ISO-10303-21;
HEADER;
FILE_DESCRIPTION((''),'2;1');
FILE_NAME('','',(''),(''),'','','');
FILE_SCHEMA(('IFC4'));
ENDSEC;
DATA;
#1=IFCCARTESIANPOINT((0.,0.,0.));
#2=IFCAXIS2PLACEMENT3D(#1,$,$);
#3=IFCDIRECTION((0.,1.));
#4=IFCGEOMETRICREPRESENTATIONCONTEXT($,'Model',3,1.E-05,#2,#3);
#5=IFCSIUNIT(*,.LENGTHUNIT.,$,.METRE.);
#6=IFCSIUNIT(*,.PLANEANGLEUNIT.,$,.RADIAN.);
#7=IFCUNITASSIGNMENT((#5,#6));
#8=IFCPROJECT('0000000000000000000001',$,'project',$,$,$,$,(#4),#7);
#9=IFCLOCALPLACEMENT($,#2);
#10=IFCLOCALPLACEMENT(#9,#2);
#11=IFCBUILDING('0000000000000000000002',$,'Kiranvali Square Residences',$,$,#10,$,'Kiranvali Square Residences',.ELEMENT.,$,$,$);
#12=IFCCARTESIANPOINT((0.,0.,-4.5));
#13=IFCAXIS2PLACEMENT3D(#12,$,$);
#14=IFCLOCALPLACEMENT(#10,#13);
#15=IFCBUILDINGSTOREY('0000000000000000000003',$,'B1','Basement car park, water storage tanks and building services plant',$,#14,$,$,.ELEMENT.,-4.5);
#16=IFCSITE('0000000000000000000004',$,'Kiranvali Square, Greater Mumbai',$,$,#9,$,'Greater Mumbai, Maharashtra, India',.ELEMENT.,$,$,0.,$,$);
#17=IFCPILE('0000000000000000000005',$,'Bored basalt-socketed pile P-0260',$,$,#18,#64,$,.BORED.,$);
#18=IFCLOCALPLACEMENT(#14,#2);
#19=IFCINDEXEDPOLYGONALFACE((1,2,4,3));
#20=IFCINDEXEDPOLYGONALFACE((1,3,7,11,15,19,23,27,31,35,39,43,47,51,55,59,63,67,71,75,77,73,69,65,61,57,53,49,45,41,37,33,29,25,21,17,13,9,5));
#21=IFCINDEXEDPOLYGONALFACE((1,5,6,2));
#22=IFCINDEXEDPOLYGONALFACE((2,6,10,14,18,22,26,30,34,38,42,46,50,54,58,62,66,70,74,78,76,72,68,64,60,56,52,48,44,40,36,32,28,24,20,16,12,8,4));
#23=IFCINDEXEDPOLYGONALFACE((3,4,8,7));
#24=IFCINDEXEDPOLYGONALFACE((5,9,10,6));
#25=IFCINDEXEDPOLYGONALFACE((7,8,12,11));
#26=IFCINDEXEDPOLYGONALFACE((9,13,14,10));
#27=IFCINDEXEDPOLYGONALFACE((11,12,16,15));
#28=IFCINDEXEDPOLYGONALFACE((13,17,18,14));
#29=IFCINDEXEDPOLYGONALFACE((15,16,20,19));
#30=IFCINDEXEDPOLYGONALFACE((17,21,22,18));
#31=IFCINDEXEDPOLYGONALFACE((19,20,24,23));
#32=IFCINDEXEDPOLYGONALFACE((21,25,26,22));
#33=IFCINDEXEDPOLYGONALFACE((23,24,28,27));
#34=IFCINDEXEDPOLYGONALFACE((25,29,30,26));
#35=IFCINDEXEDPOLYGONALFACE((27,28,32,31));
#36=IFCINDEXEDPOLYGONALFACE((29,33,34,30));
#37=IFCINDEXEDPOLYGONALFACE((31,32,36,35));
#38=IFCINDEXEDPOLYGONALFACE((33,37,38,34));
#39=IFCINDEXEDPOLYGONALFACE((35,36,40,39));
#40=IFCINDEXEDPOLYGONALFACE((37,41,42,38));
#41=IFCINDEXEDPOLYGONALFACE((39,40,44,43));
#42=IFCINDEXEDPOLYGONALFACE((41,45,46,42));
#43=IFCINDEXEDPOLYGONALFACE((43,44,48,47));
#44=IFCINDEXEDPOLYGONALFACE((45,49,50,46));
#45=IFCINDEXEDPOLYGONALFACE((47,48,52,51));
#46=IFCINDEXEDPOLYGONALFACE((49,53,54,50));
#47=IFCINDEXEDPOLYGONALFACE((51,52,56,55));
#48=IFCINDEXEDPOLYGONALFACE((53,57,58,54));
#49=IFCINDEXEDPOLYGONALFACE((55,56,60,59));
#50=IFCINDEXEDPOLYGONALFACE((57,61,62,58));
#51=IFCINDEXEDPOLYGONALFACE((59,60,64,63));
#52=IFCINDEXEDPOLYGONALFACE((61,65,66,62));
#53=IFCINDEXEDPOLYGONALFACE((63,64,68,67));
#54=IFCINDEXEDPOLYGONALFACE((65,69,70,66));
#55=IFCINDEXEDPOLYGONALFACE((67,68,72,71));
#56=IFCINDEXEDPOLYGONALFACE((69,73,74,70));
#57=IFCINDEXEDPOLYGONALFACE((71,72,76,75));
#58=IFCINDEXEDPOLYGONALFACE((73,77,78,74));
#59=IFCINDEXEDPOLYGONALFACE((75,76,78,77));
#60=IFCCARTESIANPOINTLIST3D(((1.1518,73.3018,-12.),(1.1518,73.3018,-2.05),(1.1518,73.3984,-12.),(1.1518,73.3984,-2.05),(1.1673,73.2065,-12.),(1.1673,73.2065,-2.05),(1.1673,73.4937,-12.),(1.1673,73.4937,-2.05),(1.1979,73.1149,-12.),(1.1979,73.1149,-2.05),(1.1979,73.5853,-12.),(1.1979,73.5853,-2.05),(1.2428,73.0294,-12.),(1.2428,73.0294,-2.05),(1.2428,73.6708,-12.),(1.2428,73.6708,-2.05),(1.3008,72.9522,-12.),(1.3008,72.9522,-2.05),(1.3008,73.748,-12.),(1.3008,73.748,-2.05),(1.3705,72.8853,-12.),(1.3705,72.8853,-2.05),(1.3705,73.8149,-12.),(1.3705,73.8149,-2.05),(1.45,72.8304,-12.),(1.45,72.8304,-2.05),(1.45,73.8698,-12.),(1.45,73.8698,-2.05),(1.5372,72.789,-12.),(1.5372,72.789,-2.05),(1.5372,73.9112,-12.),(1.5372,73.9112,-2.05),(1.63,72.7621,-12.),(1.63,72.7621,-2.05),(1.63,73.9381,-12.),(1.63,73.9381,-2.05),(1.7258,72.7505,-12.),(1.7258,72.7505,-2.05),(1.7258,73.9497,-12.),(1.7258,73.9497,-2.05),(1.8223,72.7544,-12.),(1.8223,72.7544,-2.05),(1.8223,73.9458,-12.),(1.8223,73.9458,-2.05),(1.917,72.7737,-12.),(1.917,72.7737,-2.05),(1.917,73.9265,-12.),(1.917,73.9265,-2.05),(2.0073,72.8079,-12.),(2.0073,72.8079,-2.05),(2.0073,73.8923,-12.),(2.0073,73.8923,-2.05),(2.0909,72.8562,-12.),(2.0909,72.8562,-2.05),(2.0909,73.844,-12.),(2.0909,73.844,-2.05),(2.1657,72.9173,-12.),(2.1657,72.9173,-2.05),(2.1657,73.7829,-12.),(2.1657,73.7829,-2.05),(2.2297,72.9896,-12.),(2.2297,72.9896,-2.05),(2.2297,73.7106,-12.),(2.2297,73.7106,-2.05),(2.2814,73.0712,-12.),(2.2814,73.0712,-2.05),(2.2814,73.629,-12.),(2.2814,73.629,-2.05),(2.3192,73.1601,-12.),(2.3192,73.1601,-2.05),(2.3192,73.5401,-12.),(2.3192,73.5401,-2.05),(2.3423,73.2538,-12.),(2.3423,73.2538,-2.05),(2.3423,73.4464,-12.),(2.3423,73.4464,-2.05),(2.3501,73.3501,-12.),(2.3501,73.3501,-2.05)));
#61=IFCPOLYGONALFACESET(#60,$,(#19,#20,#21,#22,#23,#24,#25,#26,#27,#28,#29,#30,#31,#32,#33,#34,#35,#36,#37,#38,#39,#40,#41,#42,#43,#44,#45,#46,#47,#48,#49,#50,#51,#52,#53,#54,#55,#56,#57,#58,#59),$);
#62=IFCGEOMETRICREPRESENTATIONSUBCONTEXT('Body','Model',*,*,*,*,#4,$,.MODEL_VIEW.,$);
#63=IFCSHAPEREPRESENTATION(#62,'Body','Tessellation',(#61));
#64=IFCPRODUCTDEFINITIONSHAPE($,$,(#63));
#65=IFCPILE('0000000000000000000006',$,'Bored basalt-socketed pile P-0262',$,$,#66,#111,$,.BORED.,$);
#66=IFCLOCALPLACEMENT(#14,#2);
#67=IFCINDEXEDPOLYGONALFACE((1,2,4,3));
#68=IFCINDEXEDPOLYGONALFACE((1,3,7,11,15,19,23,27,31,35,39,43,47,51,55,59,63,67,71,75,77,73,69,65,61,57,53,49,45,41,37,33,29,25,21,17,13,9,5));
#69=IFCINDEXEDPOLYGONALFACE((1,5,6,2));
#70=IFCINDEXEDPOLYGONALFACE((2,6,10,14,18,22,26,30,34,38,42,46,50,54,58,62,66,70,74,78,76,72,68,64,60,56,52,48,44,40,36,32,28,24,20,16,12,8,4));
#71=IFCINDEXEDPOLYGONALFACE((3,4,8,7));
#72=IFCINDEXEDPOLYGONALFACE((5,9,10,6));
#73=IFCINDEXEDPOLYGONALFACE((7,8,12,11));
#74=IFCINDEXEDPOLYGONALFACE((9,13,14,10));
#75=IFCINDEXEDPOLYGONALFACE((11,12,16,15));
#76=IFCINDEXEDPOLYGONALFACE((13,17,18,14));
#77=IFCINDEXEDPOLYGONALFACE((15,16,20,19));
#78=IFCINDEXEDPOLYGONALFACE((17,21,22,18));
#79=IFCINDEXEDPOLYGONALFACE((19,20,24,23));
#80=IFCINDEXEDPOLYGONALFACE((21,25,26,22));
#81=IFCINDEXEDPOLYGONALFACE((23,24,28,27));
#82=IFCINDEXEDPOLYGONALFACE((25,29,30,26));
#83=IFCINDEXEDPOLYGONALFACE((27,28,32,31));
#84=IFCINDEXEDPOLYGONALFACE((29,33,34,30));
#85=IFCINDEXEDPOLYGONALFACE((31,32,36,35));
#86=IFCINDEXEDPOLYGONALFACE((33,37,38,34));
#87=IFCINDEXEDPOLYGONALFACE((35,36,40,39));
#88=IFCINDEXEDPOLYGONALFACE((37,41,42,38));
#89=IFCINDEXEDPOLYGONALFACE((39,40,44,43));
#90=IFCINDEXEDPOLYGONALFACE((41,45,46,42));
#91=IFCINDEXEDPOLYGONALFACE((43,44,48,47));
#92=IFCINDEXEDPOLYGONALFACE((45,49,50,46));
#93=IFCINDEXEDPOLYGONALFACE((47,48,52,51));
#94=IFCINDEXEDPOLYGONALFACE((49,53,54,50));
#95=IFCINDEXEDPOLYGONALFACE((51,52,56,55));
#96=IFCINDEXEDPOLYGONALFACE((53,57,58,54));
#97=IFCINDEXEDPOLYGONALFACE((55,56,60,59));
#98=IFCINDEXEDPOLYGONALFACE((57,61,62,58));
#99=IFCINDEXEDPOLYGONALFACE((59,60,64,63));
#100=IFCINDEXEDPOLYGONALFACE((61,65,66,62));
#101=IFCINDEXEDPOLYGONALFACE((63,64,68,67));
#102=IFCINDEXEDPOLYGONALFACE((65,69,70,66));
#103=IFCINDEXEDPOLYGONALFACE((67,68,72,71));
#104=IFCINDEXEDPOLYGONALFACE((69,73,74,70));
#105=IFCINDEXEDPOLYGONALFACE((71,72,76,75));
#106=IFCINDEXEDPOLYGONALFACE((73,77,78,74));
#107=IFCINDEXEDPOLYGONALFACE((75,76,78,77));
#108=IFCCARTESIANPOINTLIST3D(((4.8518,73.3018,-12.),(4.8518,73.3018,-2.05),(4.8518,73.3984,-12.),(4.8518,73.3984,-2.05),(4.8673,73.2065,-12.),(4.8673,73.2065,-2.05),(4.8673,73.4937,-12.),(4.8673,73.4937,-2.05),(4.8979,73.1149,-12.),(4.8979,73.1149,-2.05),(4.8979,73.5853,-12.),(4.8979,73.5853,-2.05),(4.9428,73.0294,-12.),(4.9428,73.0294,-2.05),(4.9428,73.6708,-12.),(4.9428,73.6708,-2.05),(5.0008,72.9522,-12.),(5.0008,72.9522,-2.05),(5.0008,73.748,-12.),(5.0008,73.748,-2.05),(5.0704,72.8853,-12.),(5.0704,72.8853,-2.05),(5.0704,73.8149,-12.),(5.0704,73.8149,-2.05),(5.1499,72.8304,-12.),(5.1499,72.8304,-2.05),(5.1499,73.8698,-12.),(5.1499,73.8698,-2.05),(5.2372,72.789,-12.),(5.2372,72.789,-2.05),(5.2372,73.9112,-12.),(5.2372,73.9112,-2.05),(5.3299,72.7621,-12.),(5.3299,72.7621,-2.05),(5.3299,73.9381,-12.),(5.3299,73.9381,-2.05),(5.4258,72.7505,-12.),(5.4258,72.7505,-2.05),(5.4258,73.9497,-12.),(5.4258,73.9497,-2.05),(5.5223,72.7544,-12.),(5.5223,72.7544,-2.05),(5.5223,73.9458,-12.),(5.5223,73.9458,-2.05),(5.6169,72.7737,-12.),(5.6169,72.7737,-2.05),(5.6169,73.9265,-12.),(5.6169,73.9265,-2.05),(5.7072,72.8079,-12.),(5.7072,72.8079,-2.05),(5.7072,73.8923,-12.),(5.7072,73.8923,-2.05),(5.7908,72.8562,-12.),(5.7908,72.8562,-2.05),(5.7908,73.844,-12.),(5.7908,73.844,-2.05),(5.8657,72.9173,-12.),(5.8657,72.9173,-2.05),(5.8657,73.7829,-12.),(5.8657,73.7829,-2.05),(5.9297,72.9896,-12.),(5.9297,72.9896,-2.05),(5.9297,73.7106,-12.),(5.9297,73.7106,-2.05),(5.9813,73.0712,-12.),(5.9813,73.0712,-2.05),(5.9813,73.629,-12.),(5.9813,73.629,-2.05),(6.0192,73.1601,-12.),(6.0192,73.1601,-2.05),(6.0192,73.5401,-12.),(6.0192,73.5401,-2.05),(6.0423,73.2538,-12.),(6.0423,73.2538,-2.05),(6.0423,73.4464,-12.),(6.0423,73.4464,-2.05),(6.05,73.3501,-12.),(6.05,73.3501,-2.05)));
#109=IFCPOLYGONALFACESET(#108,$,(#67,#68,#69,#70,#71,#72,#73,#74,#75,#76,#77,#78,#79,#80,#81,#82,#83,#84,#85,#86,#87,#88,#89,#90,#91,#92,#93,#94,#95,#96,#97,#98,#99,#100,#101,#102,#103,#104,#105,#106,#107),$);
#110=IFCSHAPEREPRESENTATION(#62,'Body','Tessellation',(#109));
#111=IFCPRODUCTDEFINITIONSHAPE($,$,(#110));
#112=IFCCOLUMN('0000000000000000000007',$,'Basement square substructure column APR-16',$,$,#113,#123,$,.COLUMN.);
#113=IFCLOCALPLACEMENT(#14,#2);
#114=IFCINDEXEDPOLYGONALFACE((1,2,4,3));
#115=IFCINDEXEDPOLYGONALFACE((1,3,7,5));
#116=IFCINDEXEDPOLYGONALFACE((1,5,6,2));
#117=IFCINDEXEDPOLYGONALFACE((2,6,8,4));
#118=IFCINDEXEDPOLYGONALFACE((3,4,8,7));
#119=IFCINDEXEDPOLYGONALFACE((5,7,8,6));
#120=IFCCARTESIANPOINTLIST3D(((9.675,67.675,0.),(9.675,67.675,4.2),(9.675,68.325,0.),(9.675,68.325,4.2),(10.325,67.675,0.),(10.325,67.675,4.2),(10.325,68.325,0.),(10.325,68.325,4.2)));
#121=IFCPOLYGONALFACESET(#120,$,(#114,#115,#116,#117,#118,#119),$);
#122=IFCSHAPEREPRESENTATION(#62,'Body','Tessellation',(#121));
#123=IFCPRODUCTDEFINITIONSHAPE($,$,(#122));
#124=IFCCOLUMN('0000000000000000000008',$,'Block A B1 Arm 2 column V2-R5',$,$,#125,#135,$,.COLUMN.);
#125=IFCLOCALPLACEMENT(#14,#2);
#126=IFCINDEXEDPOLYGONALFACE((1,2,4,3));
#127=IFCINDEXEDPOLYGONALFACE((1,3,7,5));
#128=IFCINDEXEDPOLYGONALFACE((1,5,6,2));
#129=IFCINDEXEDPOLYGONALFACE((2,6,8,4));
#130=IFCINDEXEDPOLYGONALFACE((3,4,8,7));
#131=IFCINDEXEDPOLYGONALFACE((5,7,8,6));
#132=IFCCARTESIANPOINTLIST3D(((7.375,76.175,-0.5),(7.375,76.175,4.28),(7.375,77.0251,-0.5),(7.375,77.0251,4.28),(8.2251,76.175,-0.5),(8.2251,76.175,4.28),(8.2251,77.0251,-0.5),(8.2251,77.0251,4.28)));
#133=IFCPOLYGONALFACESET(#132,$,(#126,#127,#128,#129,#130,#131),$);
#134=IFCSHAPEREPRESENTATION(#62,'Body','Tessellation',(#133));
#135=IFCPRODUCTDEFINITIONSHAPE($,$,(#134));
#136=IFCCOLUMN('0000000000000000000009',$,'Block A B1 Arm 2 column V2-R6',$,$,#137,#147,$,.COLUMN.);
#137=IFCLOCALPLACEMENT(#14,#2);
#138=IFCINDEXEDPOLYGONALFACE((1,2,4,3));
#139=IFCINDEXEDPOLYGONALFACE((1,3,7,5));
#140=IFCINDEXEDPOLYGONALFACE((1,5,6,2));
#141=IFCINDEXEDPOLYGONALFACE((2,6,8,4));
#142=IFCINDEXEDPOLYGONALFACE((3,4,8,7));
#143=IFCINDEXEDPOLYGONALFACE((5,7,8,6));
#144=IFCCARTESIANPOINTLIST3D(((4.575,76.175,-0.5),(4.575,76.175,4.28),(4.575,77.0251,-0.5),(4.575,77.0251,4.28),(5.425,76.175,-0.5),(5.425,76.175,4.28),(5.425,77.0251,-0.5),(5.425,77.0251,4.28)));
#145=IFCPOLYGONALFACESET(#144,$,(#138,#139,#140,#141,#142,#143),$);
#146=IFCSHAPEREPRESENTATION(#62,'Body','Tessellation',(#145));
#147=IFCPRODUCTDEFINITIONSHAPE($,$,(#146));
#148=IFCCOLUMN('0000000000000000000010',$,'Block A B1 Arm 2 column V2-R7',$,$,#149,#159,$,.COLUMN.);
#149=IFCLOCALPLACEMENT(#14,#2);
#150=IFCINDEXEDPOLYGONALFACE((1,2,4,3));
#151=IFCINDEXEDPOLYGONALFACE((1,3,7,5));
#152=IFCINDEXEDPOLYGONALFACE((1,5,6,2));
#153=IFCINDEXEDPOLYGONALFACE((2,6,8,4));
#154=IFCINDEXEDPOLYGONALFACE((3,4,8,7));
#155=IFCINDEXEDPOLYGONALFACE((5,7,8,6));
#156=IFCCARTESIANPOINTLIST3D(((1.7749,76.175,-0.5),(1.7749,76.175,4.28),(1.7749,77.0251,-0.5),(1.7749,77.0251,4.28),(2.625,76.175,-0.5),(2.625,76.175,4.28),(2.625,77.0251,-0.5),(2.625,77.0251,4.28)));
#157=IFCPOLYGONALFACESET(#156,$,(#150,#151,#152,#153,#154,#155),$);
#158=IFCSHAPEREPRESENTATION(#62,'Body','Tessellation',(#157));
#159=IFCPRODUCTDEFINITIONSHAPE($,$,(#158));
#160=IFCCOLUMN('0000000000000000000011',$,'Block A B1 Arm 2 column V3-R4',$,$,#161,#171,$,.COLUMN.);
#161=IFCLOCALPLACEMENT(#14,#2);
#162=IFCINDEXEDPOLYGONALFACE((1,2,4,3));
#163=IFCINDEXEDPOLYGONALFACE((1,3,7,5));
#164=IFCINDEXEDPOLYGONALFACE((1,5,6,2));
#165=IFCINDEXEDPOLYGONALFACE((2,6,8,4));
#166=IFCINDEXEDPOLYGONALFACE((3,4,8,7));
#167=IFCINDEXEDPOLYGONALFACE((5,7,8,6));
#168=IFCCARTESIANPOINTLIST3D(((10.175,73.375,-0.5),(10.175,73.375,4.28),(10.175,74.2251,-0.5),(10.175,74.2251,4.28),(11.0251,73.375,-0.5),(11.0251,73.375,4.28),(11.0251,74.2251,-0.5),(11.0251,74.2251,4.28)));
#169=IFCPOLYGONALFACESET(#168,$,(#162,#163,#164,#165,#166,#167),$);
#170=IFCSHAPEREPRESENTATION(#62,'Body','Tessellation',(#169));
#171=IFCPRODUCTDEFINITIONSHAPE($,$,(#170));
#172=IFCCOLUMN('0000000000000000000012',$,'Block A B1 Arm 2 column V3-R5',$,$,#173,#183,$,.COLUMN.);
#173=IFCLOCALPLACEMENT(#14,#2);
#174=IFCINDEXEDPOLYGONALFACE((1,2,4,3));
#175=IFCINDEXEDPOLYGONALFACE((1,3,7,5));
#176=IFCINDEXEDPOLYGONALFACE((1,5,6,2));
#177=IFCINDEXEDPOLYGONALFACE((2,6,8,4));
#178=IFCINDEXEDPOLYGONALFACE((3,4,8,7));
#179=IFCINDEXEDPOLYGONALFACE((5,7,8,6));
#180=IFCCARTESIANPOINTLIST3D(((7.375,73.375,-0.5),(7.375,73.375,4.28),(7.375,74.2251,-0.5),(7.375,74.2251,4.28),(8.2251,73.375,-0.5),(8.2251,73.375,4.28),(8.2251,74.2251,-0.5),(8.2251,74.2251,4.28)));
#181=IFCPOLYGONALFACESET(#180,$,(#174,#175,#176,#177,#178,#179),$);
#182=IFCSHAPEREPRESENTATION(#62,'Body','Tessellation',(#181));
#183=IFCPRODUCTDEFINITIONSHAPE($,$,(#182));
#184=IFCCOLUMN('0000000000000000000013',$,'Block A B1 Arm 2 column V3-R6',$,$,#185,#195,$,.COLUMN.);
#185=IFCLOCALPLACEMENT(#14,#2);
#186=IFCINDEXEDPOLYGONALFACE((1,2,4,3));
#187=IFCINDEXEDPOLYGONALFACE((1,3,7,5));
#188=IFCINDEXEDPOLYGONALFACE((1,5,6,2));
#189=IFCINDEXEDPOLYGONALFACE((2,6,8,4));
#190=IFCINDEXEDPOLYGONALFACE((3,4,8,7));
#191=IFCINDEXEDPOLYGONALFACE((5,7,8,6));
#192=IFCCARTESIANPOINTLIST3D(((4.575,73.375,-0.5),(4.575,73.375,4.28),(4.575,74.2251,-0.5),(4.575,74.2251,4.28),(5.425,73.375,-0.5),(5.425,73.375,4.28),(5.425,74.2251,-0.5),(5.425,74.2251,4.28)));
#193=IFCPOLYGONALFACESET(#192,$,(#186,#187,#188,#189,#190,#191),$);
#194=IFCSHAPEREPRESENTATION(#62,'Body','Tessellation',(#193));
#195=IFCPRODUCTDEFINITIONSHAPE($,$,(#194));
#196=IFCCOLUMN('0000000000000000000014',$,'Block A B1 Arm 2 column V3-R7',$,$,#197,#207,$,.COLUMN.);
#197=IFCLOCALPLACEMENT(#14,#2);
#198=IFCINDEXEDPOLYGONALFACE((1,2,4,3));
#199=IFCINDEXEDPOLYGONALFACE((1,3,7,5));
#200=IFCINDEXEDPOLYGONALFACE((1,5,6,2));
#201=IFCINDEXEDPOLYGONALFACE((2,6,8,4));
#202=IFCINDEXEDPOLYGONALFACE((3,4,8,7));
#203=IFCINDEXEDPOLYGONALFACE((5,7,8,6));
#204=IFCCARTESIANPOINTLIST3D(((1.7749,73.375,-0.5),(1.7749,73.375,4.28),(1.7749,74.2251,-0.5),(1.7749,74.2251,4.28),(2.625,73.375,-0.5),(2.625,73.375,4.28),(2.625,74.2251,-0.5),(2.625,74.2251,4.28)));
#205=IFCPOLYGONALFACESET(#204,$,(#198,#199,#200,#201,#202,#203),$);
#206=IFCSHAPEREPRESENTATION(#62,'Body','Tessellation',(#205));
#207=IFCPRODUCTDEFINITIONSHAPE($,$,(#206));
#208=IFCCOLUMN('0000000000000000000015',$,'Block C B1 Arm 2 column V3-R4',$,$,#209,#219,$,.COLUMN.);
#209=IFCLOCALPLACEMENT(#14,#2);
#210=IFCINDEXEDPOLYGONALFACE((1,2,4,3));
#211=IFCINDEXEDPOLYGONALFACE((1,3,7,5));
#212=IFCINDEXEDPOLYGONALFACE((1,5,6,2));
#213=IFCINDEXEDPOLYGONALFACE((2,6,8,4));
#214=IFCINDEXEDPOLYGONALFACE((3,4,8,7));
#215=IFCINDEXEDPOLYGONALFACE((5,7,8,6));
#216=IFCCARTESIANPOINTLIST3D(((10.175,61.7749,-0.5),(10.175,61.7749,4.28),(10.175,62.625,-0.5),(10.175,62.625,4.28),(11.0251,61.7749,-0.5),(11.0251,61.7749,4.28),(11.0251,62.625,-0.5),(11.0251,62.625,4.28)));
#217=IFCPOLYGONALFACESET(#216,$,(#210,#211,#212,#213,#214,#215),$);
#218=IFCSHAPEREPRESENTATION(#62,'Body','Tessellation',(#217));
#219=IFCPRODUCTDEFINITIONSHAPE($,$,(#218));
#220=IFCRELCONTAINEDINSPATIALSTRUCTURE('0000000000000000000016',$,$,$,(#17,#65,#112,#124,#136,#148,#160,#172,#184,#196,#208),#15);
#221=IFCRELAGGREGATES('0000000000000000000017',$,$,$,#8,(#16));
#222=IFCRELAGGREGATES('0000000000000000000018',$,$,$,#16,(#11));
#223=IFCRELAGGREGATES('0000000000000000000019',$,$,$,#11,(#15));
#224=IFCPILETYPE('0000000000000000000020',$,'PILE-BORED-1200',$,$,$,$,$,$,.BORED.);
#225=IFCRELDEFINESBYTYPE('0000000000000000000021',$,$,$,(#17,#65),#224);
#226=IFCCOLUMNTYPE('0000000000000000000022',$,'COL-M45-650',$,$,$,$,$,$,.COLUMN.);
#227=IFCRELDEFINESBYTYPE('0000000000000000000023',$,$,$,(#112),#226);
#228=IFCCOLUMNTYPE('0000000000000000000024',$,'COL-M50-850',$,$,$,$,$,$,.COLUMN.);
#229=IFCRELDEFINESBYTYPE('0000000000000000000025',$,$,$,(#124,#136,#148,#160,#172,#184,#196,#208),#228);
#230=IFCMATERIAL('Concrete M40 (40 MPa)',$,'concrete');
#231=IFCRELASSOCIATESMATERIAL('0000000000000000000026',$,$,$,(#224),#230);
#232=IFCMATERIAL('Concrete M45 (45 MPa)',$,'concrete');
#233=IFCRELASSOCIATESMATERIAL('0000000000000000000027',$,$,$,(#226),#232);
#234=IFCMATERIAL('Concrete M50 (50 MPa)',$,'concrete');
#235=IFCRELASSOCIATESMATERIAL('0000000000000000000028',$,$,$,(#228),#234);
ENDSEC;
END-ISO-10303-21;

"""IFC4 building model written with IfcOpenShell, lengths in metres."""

from ifc_helpers import new_model, si_unit, direction, frame, origin, origin_2d, place, context, subcontext, project, spatial, rectangle, circle, extrude, material, material_profile, profile_set, type_object, element, save


model = new_model("IFC4")

# Units and contexts
model_context = context("Model", 3, precision=1e-05, world=origin(), true_north=direction((0.0, 1.0)))
body_context = subcontext(model_context, "Body", "Model", "MODEL_VIEW")
ifc_project = project(units=[si_unit("LENGTHUNIT", "METRE"), si_unit("PLANEANGLEUNIT", "RADIAN")], contexts=[model_context])

# Site, building, storey
site_placement = place(None, origin())
site = spatial("IfcSite", under=ifc_project, at=site_placement, Name="Kiranvali Square, Greater Mumbai", LongName="Greater Mumbai, Maharashtra, India", CompositionType="ELEMENT", RefElevation=0.0)
building_placement = place(site_placement, origin())
building = spatial("IfcBuilding", under=site, at=building_placement, Name="Kiranvali Square Residences", LongName="Kiranvali Square Residences", CompositionType="ELEMENT")
storey_placement = place(building_placement, frame((0.0, 0.0, -4.5)))
storey = spatial("IfcBuildingStorey", under=building, at=storey_placement, Name="B1", Description="Basement car park, water storage tanks and building services plant", CompositionType="ELEMENT", Elevation=-4.5)

# Shared definitions
ifc_material_1 = material(Name="Concrete M40 (40 MPa)", Category="concrete")

# Piles
ifc_material_profile_1 = material_profile(ifc_material_1, circle(Radius=0.6001, at=origin_2d()), Name="BORED PILE 1200")
ifc_profile_set_1 = profile_set([ifc_material_profile_1], Name="Concrete M40 (40 MPa)")
pile_type = type_object("IfcPileType", Name="PILE-BORED-1200", PredefinedType="BORED", material=ifc_profile_set_1)
for number, where, z_axis, x_axis, name in (
    (1, (1.75, 73.3501, -2.05), (0.0, 0.0, -1.0), (1.0, 0.0, 0.0), "Bored basalt-socketed pile P-0260"),
    (2, (5.45, 73.3501, -2.05), (0.0, 0.0, -1.0), (1.0, 0.0, 0.0), "Bored basalt-socketed pile P-0262"),
):
    element("IfcPile", number, at=place(storey_placement, frame(where, z_axis=z_axis, x_axis=x_axis)), inside=storey, type_object=pile_type, Name=name, PredefinedType="BORED", context=body_context, shape_type="SweptSolid", body=[
        extrude(circle(Radius=0.6001, at=origin_2d()), origin(), (0.0, 0.0, 1.0), 9.95),
    ])

# Columns
ifc_material_2 = material(Name="Concrete M45 (45 MPa)", Category="concrete")
ifc_material_profile_2 = material_profile(ifc_material_2, rectangle(XDim=0.6499, YDim=0.6499, at=origin_2d()), Name="RC 650x650")
ifc_profile_set_2 = profile_set([ifc_material_profile_2], Name="Concrete M45 (45 MPa)")
column_type_1 = type_object("IfcColumnType", Name="COL-M45-650", PredefinedType="COLUMN", material=ifc_profile_set_2)
column_placement = place(storey_placement, frame((10.0, 68.0, 0.0), z_axis=(0.0, 0.0, 1.0), x_axis=(1.0, 0.0, 0.0)))
element("IfcColumn", 3, at=column_placement, inside=storey, type_object=column_type_1, Name="Basement square substructure column APR-16", PredefinedType="COLUMN", context=body_context, shape_type="SweptSolid", body=[
    extrude(rectangle(XDim=0.6499, YDim=0.6499, at=origin_2d()), origin(), (0.0, 0.0, 1.0), 4.2),
])
ifc_material_3 = material(Name="Concrete M50 (50 MPa)", Category="concrete")
ifc_material_profile_3 = material_profile(ifc_material_3, rectangle(XDim=0.8501, YDim=0.8501, at=origin_2d()), Name="RC 850x850")
ifc_profile_set_3 = profile_set([ifc_material_profile_3], Name="Concrete M50 (50 MPa)")
column_type_2 = type_object("IfcColumnType", Name="COL-M50-850", PredefinedType="COLUMN", material=ifc_profile_set_3)
for number, where, z_axis, x_axis, name in (
    (4, (7.8, 76.6001, -0.5), (0.0, 0.0, 1.0), (1.0, 0.0, 0.0), "Block A B1 Arm 2 column V2-R5"),
    (5, (5.0, 76.6001, -0.5), (0.0, 0.0, 1.0), (1.0, 0.0, 0.0), "Block A B1 Arm 2 column V2-R6"),
    (6, (2.2, 76.6001, -0.5), (0.0, 0.0, 1.0), (1.0, 0.0, 0.0), "Block A B1 Arm 2 column V2-R7"),
    (7, (10.6001, 73.8, -0.5), (0.0, 0.0, 1.0), (1.0, 0.0, 0.0), "Block A B1 Arm 2 column V3-R4"),
    (8, (7.8, 73.8, -0.5), (0.0, 0.0, 1.0), (1.0, 0.0, 0.0), "Block A B1 Arm 2 column V3-R5"),
    (9, (5.0, 73.8, -0.5), (0.0, 0.0, 1.0), (1.0, 0.0, 0.0), "Block A B1 Arm 2 column V3-R6"),
    (10, (2.2, 73.8, -0.5), (0.0, 0.0, 1.0), (1.0, 0.0, 0.0), "Block A B1 Arm 2 column V3-R7"),
    (11, (10.6001, 62.2, -0.5), (0.0, 0.0, 1.0), (1.0, 0.0, 0.0), "Block C B1 Arm 2 column V3-R4"),
):
    element("IfcColumn", number, at=place(storey_placement, frame(where, z_axis=z_axis, x_axis=x_axis)), inside=storey, type_object=column_type_2, Name=name, PredefinedType="COLUMN", context=body_context, shape_type="SweptSolid", body=[
        extrude(rectangle(XDim=0.8501, YDim=0.8501, at=origin_2d()), origin(), (0.0, 0.0, 1.0), 4.78),
    ])

save(model, "model.ifc")
